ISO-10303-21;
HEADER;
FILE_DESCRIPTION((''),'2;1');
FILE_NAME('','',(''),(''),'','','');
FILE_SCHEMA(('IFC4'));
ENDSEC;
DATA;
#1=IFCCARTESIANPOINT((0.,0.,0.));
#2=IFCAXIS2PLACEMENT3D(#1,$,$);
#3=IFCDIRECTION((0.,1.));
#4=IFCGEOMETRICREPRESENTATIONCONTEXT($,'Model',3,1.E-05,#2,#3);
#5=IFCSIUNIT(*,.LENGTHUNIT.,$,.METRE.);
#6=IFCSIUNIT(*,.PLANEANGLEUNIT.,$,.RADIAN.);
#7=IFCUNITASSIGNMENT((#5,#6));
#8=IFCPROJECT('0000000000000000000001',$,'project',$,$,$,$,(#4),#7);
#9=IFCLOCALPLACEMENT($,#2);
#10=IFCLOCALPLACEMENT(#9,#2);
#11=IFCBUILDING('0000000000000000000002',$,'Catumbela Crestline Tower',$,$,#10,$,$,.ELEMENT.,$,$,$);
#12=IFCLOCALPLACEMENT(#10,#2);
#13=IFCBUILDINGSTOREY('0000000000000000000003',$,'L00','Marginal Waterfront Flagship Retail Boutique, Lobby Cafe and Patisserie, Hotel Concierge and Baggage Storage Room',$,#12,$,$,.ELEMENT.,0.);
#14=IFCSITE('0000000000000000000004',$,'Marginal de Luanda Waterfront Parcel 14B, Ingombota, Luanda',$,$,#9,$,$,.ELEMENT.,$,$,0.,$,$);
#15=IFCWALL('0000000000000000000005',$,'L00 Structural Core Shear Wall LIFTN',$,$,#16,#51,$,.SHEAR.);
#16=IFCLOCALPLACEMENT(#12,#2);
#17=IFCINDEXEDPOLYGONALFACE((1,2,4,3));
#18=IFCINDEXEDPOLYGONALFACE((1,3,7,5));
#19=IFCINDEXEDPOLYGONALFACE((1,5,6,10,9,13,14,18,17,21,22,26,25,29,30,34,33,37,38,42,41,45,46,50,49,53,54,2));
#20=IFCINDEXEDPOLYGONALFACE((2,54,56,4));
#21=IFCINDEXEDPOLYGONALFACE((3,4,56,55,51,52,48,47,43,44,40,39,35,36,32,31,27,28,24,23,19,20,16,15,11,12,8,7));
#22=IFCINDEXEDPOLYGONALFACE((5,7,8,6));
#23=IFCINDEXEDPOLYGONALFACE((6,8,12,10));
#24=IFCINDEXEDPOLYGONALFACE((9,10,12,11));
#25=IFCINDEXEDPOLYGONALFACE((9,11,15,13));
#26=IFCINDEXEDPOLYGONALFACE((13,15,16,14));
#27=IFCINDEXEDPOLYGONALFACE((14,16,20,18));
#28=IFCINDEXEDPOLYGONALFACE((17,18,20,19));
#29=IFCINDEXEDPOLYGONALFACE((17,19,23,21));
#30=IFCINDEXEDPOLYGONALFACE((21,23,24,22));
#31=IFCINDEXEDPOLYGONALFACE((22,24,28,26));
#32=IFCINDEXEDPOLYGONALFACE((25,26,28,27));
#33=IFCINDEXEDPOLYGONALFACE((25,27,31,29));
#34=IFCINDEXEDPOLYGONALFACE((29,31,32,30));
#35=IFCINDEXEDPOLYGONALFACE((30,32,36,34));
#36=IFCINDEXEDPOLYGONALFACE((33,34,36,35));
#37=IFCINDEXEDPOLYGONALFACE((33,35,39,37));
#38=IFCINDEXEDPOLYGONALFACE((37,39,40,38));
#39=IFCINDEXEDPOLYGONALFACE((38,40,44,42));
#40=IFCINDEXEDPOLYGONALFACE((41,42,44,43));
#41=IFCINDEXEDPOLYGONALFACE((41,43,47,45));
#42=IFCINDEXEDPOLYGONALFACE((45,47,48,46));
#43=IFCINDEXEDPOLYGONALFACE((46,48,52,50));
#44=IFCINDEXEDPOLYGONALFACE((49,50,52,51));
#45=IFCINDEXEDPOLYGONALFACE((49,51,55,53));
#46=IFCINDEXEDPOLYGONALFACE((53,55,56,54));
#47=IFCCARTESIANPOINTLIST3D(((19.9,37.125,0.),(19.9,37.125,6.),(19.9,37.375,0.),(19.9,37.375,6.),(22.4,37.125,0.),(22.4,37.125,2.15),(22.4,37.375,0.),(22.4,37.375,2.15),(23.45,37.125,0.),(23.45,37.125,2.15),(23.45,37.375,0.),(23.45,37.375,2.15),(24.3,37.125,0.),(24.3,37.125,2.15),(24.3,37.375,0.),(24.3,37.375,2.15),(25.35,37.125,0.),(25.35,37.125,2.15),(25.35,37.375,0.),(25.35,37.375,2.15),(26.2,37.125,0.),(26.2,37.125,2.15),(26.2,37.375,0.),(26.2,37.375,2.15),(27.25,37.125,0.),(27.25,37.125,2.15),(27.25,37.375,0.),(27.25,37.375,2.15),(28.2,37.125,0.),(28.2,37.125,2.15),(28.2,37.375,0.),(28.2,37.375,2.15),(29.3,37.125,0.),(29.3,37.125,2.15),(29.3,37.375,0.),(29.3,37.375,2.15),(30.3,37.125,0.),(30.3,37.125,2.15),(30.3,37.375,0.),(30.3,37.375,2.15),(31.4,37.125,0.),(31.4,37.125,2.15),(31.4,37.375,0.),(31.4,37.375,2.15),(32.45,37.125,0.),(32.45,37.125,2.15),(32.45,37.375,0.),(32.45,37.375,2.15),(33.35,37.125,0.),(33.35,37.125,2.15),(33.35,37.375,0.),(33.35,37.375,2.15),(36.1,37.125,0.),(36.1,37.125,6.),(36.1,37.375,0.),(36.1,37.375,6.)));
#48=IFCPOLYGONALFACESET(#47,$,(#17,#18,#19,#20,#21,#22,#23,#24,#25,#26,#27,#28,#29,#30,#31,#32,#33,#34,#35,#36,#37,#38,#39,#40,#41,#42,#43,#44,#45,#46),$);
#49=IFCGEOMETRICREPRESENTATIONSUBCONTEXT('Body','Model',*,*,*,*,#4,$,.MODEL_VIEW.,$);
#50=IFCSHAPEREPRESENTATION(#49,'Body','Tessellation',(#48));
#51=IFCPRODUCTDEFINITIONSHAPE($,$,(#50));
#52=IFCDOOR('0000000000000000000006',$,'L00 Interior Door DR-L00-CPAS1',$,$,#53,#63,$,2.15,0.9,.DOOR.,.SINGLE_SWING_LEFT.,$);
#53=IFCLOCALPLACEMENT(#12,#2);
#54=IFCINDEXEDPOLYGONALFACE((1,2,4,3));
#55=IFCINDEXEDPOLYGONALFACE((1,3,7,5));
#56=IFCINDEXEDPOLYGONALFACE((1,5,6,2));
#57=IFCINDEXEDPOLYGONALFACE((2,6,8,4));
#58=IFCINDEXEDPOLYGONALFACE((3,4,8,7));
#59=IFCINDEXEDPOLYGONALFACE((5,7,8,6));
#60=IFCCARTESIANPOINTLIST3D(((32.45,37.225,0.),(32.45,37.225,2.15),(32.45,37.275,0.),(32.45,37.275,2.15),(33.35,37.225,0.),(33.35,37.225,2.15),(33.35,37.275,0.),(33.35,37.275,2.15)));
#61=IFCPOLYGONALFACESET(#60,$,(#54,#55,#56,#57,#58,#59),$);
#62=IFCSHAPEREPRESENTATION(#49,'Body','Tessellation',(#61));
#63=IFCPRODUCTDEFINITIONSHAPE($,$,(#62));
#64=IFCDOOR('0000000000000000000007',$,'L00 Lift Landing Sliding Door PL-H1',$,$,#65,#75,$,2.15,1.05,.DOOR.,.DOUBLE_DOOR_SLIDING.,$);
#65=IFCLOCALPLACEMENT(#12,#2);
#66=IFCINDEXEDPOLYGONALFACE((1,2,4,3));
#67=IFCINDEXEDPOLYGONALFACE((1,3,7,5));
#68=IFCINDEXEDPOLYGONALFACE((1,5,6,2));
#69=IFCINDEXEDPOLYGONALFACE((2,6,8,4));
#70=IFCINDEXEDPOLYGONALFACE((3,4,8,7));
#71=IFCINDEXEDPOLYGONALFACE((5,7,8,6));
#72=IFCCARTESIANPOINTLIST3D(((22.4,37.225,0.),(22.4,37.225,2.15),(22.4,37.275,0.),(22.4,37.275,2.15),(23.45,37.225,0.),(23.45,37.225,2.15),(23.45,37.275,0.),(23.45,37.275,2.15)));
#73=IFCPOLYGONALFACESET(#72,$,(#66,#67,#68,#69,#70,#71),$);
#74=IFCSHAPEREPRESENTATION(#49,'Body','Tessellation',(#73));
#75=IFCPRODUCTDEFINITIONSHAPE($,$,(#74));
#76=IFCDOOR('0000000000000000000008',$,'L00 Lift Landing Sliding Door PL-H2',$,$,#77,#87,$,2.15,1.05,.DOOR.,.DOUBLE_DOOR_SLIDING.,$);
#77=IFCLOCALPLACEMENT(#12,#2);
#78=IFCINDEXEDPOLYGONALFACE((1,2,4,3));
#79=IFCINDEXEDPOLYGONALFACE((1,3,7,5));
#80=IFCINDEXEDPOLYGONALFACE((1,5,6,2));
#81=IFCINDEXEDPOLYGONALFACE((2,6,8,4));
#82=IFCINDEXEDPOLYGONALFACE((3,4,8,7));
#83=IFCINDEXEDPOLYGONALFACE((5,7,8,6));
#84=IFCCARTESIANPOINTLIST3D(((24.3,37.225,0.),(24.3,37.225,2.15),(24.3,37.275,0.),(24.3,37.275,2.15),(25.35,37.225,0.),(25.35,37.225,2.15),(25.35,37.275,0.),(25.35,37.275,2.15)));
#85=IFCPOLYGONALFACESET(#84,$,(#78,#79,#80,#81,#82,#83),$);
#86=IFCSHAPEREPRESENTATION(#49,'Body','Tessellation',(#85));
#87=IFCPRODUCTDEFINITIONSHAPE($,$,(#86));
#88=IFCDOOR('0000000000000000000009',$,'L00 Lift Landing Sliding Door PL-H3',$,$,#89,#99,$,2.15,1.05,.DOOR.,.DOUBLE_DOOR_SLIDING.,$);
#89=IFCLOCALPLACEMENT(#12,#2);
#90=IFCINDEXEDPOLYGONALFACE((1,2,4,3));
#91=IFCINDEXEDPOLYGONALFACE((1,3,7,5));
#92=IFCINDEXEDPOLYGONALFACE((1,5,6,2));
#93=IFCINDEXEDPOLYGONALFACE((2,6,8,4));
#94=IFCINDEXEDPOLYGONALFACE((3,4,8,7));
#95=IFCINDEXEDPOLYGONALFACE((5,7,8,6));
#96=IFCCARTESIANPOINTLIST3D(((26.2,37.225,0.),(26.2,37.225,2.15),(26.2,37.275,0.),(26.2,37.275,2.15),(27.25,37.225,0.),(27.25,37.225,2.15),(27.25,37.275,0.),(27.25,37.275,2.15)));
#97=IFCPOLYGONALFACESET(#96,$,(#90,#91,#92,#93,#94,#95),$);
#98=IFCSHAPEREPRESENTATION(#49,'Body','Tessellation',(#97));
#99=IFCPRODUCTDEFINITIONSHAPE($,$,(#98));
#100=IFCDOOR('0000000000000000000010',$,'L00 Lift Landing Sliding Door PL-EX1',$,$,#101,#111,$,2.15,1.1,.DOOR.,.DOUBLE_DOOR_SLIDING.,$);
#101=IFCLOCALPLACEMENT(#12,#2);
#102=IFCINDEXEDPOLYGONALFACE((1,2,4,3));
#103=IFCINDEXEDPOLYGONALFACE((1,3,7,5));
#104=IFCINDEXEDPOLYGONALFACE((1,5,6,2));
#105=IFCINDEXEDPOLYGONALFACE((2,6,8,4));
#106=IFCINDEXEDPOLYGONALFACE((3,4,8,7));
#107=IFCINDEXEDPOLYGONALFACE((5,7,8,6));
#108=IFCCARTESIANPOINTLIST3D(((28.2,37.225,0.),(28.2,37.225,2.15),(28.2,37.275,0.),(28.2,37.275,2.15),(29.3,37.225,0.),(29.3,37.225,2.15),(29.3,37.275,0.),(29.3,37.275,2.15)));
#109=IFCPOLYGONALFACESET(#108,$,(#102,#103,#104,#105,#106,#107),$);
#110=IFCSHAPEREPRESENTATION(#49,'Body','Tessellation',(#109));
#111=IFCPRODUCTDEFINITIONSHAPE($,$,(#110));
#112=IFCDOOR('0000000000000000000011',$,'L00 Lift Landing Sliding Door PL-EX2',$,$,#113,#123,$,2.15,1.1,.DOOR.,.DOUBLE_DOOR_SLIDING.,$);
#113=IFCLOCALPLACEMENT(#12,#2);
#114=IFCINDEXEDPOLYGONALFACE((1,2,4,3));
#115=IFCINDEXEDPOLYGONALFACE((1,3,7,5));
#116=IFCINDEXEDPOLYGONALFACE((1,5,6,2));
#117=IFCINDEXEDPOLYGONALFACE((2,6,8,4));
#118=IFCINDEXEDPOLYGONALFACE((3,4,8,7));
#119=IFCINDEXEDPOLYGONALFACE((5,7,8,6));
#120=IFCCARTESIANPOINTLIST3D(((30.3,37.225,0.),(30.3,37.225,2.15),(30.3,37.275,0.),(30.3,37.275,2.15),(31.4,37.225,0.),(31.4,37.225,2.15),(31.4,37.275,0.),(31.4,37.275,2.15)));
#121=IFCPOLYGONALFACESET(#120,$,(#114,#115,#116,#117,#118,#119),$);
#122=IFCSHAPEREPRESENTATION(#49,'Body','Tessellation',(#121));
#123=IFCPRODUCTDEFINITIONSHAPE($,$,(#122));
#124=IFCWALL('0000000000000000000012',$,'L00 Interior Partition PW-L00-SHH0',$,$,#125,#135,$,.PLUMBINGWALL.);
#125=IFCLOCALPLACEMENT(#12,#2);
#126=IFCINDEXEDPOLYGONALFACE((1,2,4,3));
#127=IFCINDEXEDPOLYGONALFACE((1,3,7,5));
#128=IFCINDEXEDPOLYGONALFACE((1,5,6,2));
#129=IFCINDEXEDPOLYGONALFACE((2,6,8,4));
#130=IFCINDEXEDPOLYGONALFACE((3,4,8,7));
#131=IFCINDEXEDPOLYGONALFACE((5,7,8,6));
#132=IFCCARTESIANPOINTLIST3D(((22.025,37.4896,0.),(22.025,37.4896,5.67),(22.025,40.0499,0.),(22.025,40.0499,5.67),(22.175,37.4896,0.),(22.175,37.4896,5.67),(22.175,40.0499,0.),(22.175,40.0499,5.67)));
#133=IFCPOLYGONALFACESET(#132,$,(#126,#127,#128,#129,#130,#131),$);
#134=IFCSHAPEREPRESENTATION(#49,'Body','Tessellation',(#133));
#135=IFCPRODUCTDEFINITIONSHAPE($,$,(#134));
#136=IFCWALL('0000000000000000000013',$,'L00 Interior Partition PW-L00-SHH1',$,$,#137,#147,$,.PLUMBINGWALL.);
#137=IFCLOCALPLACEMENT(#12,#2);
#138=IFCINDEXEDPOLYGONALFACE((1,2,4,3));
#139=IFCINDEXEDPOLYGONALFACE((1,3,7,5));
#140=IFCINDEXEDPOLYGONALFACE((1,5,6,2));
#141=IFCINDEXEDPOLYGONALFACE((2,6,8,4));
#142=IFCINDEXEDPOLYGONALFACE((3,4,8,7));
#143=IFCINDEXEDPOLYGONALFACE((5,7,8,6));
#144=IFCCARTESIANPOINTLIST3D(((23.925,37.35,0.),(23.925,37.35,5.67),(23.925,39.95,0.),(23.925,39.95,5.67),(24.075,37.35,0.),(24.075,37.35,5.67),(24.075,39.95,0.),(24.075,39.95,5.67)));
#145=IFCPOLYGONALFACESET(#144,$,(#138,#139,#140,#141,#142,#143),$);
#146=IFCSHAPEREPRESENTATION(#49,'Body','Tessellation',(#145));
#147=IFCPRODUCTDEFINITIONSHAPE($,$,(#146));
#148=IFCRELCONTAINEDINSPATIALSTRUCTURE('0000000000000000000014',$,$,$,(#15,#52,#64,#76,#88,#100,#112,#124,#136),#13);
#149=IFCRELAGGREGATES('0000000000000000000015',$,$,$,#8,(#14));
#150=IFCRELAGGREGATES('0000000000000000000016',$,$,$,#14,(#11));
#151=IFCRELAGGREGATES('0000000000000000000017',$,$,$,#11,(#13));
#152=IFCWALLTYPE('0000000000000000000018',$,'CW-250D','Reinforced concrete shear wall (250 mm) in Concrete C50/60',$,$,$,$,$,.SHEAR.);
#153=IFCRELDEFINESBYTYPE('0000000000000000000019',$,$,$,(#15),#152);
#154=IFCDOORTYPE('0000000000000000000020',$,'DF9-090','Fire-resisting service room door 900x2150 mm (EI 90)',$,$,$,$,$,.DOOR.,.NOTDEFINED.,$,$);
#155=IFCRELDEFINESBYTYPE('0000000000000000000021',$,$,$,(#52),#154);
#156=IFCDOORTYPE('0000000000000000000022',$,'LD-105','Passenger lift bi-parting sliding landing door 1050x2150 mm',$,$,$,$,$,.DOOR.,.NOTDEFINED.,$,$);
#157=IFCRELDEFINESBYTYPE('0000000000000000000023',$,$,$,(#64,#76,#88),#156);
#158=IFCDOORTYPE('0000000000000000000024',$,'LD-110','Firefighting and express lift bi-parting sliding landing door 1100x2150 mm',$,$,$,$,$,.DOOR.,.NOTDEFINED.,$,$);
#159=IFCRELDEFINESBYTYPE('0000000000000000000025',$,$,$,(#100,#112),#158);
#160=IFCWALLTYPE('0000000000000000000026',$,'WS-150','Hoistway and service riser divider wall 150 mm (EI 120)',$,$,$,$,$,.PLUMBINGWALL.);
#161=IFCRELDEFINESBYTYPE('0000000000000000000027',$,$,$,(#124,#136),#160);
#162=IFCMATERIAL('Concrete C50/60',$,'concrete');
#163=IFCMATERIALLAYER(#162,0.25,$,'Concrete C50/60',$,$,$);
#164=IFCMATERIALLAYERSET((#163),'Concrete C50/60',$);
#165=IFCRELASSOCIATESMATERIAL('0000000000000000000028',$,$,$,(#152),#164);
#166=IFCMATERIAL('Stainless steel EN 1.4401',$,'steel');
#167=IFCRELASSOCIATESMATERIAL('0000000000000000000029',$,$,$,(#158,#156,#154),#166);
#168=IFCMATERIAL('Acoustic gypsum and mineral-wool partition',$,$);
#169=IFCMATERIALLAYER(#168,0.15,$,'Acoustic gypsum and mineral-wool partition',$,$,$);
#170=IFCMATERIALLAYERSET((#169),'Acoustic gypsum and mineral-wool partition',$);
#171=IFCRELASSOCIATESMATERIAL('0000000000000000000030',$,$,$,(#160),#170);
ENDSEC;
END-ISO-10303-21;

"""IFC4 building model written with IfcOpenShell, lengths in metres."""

from ifc_helpers import new_model, si_unit, direction, frame, frame_2d, origin, place, context, subcontext, project, spatial, rectangle, extrude, material, layer, layer_set, type_object, element, fill, save


model = new_model("IFC4")

# Units and contexts
model_context = context("Model", 3, precision=1e-05, world=origin(), true_north=direction((0.0, 1.0)))
body_context = subcontext(model_context, "Body", "Model", "MODEL_VIEW")
ifc_project = project(units=[si_unit("LENGTHUNIT", "METRE"), si_unit("PLANEANGLEUNIT", "RADIAN")], contexts=[model_context])

# Site, building, storey
site_placement = place(None, origin())
site = spatial("IfcSite", under=ifc_project, at=site_placement, Name="Marginal de Luanda Waterfront Parcel 14B, Ingombota, Luanda", CompositionType="ELEMENT", RefElevation=0.0)
building_placement = place(site_placement, origin())
building = spatial("IfcBuilding", under=site, at=building_placement, Name="Catumbela Crestline Tower", CompositionType="ELEMENT")
storey_placement = place(building_placement, origin())
storey = spatial("IfcBuildingStorey", under=building, at=storey_placement, Name="L00", Description="Marginal Waterfront Flagship Retail Boutique, Lobby Cafe and Patisserie, Hotel Concierge and Baggage Storage Room", CompositionType="ELEMENT", Elevation=0.0)

# Shared definitions
ifc_material_1 = material(Name="Concrete C50/60", Category="concrete")
ifc_layer_1 = layer(ifc_material_1, 0.25, Name="Concrete C50/60")
ifc_layer_set_1 = layer_set([ifc_layer_1], Name="Concrete C50/60")
wall_type_1 = type_object("IfcWallType", Name="CW-250D", Description="Reinforced concrete shear wall (250 mm) in Concrete C50/60", PredefinedType="SHEAR", material=ifc_layer_set_1)

# Wall, openings, doors
ifc_material_2 = material(Name="Stainless steel EN 1.4401", Category="steel")
door_type_1 = type_object("IfcDoorType", Name="LD-110", Description="Firefighting and express lift bi-parting sliding landing door 1100x2150 mm", OperationType="NOTDEFINED", PredefinedType="DOOR", material=ifc_material_2)
door_type_2 = type_object("IfcDoorType", Name="LD-105", Description="Passenger lift bi-parting sliding landing door 1050x2150 mm", OperationType="NOTDEFINED", PredefinedType="DOOR", material=ifc_material_2)
wall_1_placement = place(storey_placement, frame((19.9, 37.25, 0.0), z_axis=(0.0, 0.0, 1.0), x_axis=(1.0, 0.0, 0.0)))
wall_1 = element("IfcWall", 1, at=wall_1_placement, inside=storey, type_object=wall_type_1, Name="L00 Structural Core Shear Wall LIFTN", PredefinedType="SHEAR", context=body_context, shape_type="SweptSolid", body=[
    extrude(rectangle(XDim=16.2, YDim=0.25, at=frame_2d((8.1, 0.0))), origin(), (0.0, 0.0, 1.0), 6.0),
])
opening_1_placement = place(wall_1_placement, frame((12.55, 0.0, 0.0)))
opening_1 = element("IfcOpeningElement", 2, at=opening_1_placement, cuts=wall_1, PredefinedType="OPENING", context=body_context, shape_type="SweptSolid", body=[
    extrude(rectangle(XDim=0.9, YDim=2.15, at=frame_2d((0.45, 1.075))), frame((0.0, 0.135, 0.0), z_axis=(0.0, -1.0, 0.0), x_axis=(1.0, 0.0, 0.0)), (0.0, 0.0, 1.0), 0.27),
])
opening_2_placement = place(wall_1_placement, frame((2.5, 0.0, 0.0)))
opening_2 = element("IfcOpeningElement", 3, at=opening_2_placement, cuts=wall_1, PredefinedType="OPENING", context=body_context, shape_type="SweptSolid", body=[
    extrude(rectangle(XDim=1.05, YDim=2.15, at=frame_2d((0.525, 1.075))), frame((0.0, 0.135, 0.0), z_axis=(0.0, -1.0, 0.0), x_axis=(1.0, 0.0, 0.0)), (0.0, 0.0, 1.0), 0.27),
])
opening_3_placement = place(wall_1_placement, frame((4.4, 0.0, 0.0)))
opening_3 = element("IfcOpeningElement", 4, at=opening_3_placement, cuts=wall_1, PredefinedType="OPENING", context=body_context, shape_type="SweptSolid", body=[
    extrude(rectangle(XDim=1.05, YDim=2.15, at=frame_2d((0.525, 1.075))), frame((0.0, 0.135, 0.0), z_axis=(0.0, -1.0, 0.0), x_axis=(1.0, 0.0, 0.0)), (0.0, 0.0, 1.0), 0.27),
])
opening_4_placement = place(wall_1_placement, frame((6.3, 0.0, 0.0)))
opening_4 = element("IfcOpeningElement", 5, at=opening_4_placement, cuts=wall_1, PredefinedType="OPENING", context=body_context, shape_type="SweptSolid", body=[
    extrude(rectangle(XDim=1.05, YDim=2.15, at=frame_2d((0.525, 1.075))), frame((0.0, 0.135, 0.0), z_axis=(0.0, -1.0, 0.0), x_axis=(1.0, 0.0, 0.0)), (0.0, 0.0, 1.0), 0.27),
])
opening_5_placement = place(wall_1_placement, frame((8.3, 0.0, 0.0)))
opening_5 = element("IfcOpeningElement", 6, at=opening_5_placement, cuts=wall_1, PredefinedType="OPENING", context=body_context, shape_type="SweptSolid", body=[
    extrude(rectangle(XDim=1.1, YDim=2.15, at=frame_2d((0.55, 1.075))), frame((0.0, 0.135, 0.0), z_axis=(0.0, -1.0, 0.0), x_axis=(1.0, 0.0, 0.0)), (0.0, 0.0, 1.0), 0.27),
])
opening_6_placement = place(wall_1_placement, frame((10.4, 0.0, 0.0)))
opening_6 = element("IfcOpeningElement", 7, at=opening_6_placement, cuts=wall_1, PredefinedType="OPENING", context=body_context, shape_type="SweptSolid", body=[
    extrude(rectangle(XDim=1.1, YDim=2.15, at=frame_2d((0.55, 1.075))), frame((0.0, 0.135, 0.0), z_axis=(0.0, -1.0, 0.0), x_axis=(1.0, 0.0, 0.0)), (0.0, 0.0, 1.0), 0.27),
])
door_type_3 = type_object("IfcDoorType", Name="DF9-090", Description="Fire-resisting service room door 900x2150 mm (EI 90)", OperationType="NOTDEFINED", PredefinedType="DOOR", material=ifc_material_2)
door_1_placement = place(opening_1_placement, origin())
door_1 = element("IfcDoor", 8, at=door_1_placement, inside=storey, type_object=door_type_3, Name="L00 Interior Door DR-L00-CPAS1", OperationType="SINGLE_SWING_LEFT", OverallHeight=2.15, OverallWidth=0.9, PredefinedType="DOOR", context=body_context, shape_type="SweptSolid", body=[
    extrude(rectangle(XDim=0.9, YDim=2.15, at=frame_2d((0.45, 1.075))), frame((0.0, 0.025, 0.0), z_axis=(0.0, -1.0, 0.0), x_axis=(1.0, 0.0, 0.0)), (0.0, 0.0, 1.0), 0.05),
])
fill(opening_1, door_1)
door_2_placement = place(opening_2_placement, origin())
door_2 = element("IfcDoor", 9, at=door_2_placement, inside=storey, type_object=door_type_2, Name="L00 Lift Landing Sliding Door PL-H1", OperationType="DOUBLE_DOOR_SLIDING", OverallHeight=2.15, OverallWidth=1.05, PredefinedType="DOOR", context=body_context, shape_type="SweptSolid", body=[
    extrude(rectangle(XDim=1.05, YDim=2.15, at=frame_2d((0.525, 1.075))), frame((0.0, 0.025, 0.0), z_axis=(0.0, -1.0, 0.0), x_axis=(1.0, 0.0, 0.0)), (0.0, 0.0, 1.0), 0.05),
])
fill(opening_2, door_2)
door_3_placement = place(opening_3_placement, origin())
door_3 = element("IfcDoor", 10, at=door_3_placement, inside=storey, type_object=door_type_2, Name="L00 Lift Landing Sliding Door PL-H2", OperationType="DOUBLE_DOOR_SLIDING", OverallHeight=2.15, OverallWidth=1.05, PredefinedType="DOOR", context=body_context, shape_type="SweptSolid", body=[
    extrude(rectangle(XDim=1.05, YDim=2.15, at=frame_2d((0.525, 1.075))), frame((0.0, 0.025, 0.0), z_axis=(0.0, -1.0, 0.0), x_axis=(1.0, 0.0, 0.0)), (0.0, 0.0, 1.0), 0.05),
])
fill(opening_3, door_3)
door_4_placement = place(opening_4_placement, origin())
door_4 = element("IfcDoor", 11, at=door_4_placement, inside=storey, type_object=door_type_2, Name="L00 Lift Landing Sliding Door PL-H3", OperationType="DOUBLE_DOOR_SLIDING", OverallHeight=2.15, OverallWidth=1.05, PredefinedType="DOOR", context=body_context, shape_type="SweptSolid", body=[
    extrude(rectangle(XDim=1.05, YDim=2.15, at=frame_2d((0.525, 1.075))), frame((0.0, 0.025, 0.0), z_axis=(0.0, -1.0, 0.0), x_axis=(1.0, 0.0, 0.0)), (0.0, 0.0, 1.0), 0.05),
])
fill(opening_4, door_4)
door_5_placement = place(opening_5_placement, origin())
door_5 = element("IfcDoor", 12, at=door_5_placement, inside=storey, type_object=door_type_1, Name="L00 Lift Landing Sliding Door PL-EX1", OperationType="DOUBLE_DOOR_SLIDING", OverallHeight=2.15, OverallWidth=1.1, PredefinedType="DOOR", context=body_context, shape_type="SweptSolid", body=[
    extrude(rectangle(XDim=1.1, YDim=2.15, at=frame_2d((0.55, 1.075))), frame((0.0, 0.025, 0.0), z_axis=(0.0, -1.0, 0.0), x_axis=(1.0, 0.0, 0.0)), (0.0, 0.0, 1.0), 0.05),
])
fill(opening_5, door_5)
door_6_placement = place(opening_6_placement, origin())
door_6 = element("IfcDoor", 13, at=door_6_placement, inside=storey, type_object=door_type_1, Name="L00 Lift Landing Sliding Door PL-EX2", OperationType="DOUBLE_DOOR_SLIDING", OverallHeight=2.15, OverallWidth=1.1, PredefinedType="DOOR", context=body_context, shape_type="SweptSolid", body=[
    extrude(rectangle(XDim=1.1, YDim=2.15, at=frame_2d((0.55, 1.075))), frame((0.0, 0.025, 0.0), z_axis=(0.0, -1.0, 0.0), x_axis=(1.0, 0.0, 0.0)), (0.0, 0.0, 1.0), 0.05),
])
fill(opening_6, door_6)

# Walls
ifc_material_3 = material(Name="Acoustic gypsum and mineral-wool partition")
ifc_layer_2 = layer(ifc_material_3, 0.15, Name="Acoustic gypsum and mineral-wool partition")
ifc_layer_set_2 = layer_set([ifc_layer_2], Name="Acoustic gypsum and mineral-wool partition")
wall_type_2 = type_object("IfcWallType", Name="WS-150", Description="Hoistway and service riser divider wall 150 mm (EI 120)", PredefinedType="PLUMBINGWALL", material=ifc_layer_set_2)
wall_2_placement = place(storey_placement, frame((22.1, 37.4897, 0.0), z_axis=(0.0, 0.0, 1.0), x_axis=(0.0, 1.0, 0.0)))
element("IfcWall", 14, at=wall_2_placement, inside=storey, type_object=wall_type_2, Name="L00 Interior Partition PW-L00-SHH0", PredefinedType="PLUMBINGWALL", context=body_context, shape_type="SweptSolid", body=[
    extrude(rectangle(XDim=2.5603, YDim=0.15, at=frame_2d((1.2801, 0.0))), origin(), (0.0, 0.0, 1.0), 5.67),
])
wall_3_placement = place(storey_placement, frame((24.0, 37.35, 0.0), z_axis=(0.0, 0.0, 1.0), x_axis=(0.0, 1.0, 0.0)))
element("IfcWall", 15, at=wall_3_placement, inside=storey, type_object=wall_type_2, Name="L00 Interior Partition PW-L00-SHH1", PredefinedType="PLUMBINGWALL", context=body_context, shape_type="SweptSolid", body=[
    extrude(rectangle(XDim=2.6, YDim=0.15, at=frame_2d((1.3, 0.0))), origin(), (0.0, 0.0, 1.0), 5.67),
])

save(model, "model.ifc")
